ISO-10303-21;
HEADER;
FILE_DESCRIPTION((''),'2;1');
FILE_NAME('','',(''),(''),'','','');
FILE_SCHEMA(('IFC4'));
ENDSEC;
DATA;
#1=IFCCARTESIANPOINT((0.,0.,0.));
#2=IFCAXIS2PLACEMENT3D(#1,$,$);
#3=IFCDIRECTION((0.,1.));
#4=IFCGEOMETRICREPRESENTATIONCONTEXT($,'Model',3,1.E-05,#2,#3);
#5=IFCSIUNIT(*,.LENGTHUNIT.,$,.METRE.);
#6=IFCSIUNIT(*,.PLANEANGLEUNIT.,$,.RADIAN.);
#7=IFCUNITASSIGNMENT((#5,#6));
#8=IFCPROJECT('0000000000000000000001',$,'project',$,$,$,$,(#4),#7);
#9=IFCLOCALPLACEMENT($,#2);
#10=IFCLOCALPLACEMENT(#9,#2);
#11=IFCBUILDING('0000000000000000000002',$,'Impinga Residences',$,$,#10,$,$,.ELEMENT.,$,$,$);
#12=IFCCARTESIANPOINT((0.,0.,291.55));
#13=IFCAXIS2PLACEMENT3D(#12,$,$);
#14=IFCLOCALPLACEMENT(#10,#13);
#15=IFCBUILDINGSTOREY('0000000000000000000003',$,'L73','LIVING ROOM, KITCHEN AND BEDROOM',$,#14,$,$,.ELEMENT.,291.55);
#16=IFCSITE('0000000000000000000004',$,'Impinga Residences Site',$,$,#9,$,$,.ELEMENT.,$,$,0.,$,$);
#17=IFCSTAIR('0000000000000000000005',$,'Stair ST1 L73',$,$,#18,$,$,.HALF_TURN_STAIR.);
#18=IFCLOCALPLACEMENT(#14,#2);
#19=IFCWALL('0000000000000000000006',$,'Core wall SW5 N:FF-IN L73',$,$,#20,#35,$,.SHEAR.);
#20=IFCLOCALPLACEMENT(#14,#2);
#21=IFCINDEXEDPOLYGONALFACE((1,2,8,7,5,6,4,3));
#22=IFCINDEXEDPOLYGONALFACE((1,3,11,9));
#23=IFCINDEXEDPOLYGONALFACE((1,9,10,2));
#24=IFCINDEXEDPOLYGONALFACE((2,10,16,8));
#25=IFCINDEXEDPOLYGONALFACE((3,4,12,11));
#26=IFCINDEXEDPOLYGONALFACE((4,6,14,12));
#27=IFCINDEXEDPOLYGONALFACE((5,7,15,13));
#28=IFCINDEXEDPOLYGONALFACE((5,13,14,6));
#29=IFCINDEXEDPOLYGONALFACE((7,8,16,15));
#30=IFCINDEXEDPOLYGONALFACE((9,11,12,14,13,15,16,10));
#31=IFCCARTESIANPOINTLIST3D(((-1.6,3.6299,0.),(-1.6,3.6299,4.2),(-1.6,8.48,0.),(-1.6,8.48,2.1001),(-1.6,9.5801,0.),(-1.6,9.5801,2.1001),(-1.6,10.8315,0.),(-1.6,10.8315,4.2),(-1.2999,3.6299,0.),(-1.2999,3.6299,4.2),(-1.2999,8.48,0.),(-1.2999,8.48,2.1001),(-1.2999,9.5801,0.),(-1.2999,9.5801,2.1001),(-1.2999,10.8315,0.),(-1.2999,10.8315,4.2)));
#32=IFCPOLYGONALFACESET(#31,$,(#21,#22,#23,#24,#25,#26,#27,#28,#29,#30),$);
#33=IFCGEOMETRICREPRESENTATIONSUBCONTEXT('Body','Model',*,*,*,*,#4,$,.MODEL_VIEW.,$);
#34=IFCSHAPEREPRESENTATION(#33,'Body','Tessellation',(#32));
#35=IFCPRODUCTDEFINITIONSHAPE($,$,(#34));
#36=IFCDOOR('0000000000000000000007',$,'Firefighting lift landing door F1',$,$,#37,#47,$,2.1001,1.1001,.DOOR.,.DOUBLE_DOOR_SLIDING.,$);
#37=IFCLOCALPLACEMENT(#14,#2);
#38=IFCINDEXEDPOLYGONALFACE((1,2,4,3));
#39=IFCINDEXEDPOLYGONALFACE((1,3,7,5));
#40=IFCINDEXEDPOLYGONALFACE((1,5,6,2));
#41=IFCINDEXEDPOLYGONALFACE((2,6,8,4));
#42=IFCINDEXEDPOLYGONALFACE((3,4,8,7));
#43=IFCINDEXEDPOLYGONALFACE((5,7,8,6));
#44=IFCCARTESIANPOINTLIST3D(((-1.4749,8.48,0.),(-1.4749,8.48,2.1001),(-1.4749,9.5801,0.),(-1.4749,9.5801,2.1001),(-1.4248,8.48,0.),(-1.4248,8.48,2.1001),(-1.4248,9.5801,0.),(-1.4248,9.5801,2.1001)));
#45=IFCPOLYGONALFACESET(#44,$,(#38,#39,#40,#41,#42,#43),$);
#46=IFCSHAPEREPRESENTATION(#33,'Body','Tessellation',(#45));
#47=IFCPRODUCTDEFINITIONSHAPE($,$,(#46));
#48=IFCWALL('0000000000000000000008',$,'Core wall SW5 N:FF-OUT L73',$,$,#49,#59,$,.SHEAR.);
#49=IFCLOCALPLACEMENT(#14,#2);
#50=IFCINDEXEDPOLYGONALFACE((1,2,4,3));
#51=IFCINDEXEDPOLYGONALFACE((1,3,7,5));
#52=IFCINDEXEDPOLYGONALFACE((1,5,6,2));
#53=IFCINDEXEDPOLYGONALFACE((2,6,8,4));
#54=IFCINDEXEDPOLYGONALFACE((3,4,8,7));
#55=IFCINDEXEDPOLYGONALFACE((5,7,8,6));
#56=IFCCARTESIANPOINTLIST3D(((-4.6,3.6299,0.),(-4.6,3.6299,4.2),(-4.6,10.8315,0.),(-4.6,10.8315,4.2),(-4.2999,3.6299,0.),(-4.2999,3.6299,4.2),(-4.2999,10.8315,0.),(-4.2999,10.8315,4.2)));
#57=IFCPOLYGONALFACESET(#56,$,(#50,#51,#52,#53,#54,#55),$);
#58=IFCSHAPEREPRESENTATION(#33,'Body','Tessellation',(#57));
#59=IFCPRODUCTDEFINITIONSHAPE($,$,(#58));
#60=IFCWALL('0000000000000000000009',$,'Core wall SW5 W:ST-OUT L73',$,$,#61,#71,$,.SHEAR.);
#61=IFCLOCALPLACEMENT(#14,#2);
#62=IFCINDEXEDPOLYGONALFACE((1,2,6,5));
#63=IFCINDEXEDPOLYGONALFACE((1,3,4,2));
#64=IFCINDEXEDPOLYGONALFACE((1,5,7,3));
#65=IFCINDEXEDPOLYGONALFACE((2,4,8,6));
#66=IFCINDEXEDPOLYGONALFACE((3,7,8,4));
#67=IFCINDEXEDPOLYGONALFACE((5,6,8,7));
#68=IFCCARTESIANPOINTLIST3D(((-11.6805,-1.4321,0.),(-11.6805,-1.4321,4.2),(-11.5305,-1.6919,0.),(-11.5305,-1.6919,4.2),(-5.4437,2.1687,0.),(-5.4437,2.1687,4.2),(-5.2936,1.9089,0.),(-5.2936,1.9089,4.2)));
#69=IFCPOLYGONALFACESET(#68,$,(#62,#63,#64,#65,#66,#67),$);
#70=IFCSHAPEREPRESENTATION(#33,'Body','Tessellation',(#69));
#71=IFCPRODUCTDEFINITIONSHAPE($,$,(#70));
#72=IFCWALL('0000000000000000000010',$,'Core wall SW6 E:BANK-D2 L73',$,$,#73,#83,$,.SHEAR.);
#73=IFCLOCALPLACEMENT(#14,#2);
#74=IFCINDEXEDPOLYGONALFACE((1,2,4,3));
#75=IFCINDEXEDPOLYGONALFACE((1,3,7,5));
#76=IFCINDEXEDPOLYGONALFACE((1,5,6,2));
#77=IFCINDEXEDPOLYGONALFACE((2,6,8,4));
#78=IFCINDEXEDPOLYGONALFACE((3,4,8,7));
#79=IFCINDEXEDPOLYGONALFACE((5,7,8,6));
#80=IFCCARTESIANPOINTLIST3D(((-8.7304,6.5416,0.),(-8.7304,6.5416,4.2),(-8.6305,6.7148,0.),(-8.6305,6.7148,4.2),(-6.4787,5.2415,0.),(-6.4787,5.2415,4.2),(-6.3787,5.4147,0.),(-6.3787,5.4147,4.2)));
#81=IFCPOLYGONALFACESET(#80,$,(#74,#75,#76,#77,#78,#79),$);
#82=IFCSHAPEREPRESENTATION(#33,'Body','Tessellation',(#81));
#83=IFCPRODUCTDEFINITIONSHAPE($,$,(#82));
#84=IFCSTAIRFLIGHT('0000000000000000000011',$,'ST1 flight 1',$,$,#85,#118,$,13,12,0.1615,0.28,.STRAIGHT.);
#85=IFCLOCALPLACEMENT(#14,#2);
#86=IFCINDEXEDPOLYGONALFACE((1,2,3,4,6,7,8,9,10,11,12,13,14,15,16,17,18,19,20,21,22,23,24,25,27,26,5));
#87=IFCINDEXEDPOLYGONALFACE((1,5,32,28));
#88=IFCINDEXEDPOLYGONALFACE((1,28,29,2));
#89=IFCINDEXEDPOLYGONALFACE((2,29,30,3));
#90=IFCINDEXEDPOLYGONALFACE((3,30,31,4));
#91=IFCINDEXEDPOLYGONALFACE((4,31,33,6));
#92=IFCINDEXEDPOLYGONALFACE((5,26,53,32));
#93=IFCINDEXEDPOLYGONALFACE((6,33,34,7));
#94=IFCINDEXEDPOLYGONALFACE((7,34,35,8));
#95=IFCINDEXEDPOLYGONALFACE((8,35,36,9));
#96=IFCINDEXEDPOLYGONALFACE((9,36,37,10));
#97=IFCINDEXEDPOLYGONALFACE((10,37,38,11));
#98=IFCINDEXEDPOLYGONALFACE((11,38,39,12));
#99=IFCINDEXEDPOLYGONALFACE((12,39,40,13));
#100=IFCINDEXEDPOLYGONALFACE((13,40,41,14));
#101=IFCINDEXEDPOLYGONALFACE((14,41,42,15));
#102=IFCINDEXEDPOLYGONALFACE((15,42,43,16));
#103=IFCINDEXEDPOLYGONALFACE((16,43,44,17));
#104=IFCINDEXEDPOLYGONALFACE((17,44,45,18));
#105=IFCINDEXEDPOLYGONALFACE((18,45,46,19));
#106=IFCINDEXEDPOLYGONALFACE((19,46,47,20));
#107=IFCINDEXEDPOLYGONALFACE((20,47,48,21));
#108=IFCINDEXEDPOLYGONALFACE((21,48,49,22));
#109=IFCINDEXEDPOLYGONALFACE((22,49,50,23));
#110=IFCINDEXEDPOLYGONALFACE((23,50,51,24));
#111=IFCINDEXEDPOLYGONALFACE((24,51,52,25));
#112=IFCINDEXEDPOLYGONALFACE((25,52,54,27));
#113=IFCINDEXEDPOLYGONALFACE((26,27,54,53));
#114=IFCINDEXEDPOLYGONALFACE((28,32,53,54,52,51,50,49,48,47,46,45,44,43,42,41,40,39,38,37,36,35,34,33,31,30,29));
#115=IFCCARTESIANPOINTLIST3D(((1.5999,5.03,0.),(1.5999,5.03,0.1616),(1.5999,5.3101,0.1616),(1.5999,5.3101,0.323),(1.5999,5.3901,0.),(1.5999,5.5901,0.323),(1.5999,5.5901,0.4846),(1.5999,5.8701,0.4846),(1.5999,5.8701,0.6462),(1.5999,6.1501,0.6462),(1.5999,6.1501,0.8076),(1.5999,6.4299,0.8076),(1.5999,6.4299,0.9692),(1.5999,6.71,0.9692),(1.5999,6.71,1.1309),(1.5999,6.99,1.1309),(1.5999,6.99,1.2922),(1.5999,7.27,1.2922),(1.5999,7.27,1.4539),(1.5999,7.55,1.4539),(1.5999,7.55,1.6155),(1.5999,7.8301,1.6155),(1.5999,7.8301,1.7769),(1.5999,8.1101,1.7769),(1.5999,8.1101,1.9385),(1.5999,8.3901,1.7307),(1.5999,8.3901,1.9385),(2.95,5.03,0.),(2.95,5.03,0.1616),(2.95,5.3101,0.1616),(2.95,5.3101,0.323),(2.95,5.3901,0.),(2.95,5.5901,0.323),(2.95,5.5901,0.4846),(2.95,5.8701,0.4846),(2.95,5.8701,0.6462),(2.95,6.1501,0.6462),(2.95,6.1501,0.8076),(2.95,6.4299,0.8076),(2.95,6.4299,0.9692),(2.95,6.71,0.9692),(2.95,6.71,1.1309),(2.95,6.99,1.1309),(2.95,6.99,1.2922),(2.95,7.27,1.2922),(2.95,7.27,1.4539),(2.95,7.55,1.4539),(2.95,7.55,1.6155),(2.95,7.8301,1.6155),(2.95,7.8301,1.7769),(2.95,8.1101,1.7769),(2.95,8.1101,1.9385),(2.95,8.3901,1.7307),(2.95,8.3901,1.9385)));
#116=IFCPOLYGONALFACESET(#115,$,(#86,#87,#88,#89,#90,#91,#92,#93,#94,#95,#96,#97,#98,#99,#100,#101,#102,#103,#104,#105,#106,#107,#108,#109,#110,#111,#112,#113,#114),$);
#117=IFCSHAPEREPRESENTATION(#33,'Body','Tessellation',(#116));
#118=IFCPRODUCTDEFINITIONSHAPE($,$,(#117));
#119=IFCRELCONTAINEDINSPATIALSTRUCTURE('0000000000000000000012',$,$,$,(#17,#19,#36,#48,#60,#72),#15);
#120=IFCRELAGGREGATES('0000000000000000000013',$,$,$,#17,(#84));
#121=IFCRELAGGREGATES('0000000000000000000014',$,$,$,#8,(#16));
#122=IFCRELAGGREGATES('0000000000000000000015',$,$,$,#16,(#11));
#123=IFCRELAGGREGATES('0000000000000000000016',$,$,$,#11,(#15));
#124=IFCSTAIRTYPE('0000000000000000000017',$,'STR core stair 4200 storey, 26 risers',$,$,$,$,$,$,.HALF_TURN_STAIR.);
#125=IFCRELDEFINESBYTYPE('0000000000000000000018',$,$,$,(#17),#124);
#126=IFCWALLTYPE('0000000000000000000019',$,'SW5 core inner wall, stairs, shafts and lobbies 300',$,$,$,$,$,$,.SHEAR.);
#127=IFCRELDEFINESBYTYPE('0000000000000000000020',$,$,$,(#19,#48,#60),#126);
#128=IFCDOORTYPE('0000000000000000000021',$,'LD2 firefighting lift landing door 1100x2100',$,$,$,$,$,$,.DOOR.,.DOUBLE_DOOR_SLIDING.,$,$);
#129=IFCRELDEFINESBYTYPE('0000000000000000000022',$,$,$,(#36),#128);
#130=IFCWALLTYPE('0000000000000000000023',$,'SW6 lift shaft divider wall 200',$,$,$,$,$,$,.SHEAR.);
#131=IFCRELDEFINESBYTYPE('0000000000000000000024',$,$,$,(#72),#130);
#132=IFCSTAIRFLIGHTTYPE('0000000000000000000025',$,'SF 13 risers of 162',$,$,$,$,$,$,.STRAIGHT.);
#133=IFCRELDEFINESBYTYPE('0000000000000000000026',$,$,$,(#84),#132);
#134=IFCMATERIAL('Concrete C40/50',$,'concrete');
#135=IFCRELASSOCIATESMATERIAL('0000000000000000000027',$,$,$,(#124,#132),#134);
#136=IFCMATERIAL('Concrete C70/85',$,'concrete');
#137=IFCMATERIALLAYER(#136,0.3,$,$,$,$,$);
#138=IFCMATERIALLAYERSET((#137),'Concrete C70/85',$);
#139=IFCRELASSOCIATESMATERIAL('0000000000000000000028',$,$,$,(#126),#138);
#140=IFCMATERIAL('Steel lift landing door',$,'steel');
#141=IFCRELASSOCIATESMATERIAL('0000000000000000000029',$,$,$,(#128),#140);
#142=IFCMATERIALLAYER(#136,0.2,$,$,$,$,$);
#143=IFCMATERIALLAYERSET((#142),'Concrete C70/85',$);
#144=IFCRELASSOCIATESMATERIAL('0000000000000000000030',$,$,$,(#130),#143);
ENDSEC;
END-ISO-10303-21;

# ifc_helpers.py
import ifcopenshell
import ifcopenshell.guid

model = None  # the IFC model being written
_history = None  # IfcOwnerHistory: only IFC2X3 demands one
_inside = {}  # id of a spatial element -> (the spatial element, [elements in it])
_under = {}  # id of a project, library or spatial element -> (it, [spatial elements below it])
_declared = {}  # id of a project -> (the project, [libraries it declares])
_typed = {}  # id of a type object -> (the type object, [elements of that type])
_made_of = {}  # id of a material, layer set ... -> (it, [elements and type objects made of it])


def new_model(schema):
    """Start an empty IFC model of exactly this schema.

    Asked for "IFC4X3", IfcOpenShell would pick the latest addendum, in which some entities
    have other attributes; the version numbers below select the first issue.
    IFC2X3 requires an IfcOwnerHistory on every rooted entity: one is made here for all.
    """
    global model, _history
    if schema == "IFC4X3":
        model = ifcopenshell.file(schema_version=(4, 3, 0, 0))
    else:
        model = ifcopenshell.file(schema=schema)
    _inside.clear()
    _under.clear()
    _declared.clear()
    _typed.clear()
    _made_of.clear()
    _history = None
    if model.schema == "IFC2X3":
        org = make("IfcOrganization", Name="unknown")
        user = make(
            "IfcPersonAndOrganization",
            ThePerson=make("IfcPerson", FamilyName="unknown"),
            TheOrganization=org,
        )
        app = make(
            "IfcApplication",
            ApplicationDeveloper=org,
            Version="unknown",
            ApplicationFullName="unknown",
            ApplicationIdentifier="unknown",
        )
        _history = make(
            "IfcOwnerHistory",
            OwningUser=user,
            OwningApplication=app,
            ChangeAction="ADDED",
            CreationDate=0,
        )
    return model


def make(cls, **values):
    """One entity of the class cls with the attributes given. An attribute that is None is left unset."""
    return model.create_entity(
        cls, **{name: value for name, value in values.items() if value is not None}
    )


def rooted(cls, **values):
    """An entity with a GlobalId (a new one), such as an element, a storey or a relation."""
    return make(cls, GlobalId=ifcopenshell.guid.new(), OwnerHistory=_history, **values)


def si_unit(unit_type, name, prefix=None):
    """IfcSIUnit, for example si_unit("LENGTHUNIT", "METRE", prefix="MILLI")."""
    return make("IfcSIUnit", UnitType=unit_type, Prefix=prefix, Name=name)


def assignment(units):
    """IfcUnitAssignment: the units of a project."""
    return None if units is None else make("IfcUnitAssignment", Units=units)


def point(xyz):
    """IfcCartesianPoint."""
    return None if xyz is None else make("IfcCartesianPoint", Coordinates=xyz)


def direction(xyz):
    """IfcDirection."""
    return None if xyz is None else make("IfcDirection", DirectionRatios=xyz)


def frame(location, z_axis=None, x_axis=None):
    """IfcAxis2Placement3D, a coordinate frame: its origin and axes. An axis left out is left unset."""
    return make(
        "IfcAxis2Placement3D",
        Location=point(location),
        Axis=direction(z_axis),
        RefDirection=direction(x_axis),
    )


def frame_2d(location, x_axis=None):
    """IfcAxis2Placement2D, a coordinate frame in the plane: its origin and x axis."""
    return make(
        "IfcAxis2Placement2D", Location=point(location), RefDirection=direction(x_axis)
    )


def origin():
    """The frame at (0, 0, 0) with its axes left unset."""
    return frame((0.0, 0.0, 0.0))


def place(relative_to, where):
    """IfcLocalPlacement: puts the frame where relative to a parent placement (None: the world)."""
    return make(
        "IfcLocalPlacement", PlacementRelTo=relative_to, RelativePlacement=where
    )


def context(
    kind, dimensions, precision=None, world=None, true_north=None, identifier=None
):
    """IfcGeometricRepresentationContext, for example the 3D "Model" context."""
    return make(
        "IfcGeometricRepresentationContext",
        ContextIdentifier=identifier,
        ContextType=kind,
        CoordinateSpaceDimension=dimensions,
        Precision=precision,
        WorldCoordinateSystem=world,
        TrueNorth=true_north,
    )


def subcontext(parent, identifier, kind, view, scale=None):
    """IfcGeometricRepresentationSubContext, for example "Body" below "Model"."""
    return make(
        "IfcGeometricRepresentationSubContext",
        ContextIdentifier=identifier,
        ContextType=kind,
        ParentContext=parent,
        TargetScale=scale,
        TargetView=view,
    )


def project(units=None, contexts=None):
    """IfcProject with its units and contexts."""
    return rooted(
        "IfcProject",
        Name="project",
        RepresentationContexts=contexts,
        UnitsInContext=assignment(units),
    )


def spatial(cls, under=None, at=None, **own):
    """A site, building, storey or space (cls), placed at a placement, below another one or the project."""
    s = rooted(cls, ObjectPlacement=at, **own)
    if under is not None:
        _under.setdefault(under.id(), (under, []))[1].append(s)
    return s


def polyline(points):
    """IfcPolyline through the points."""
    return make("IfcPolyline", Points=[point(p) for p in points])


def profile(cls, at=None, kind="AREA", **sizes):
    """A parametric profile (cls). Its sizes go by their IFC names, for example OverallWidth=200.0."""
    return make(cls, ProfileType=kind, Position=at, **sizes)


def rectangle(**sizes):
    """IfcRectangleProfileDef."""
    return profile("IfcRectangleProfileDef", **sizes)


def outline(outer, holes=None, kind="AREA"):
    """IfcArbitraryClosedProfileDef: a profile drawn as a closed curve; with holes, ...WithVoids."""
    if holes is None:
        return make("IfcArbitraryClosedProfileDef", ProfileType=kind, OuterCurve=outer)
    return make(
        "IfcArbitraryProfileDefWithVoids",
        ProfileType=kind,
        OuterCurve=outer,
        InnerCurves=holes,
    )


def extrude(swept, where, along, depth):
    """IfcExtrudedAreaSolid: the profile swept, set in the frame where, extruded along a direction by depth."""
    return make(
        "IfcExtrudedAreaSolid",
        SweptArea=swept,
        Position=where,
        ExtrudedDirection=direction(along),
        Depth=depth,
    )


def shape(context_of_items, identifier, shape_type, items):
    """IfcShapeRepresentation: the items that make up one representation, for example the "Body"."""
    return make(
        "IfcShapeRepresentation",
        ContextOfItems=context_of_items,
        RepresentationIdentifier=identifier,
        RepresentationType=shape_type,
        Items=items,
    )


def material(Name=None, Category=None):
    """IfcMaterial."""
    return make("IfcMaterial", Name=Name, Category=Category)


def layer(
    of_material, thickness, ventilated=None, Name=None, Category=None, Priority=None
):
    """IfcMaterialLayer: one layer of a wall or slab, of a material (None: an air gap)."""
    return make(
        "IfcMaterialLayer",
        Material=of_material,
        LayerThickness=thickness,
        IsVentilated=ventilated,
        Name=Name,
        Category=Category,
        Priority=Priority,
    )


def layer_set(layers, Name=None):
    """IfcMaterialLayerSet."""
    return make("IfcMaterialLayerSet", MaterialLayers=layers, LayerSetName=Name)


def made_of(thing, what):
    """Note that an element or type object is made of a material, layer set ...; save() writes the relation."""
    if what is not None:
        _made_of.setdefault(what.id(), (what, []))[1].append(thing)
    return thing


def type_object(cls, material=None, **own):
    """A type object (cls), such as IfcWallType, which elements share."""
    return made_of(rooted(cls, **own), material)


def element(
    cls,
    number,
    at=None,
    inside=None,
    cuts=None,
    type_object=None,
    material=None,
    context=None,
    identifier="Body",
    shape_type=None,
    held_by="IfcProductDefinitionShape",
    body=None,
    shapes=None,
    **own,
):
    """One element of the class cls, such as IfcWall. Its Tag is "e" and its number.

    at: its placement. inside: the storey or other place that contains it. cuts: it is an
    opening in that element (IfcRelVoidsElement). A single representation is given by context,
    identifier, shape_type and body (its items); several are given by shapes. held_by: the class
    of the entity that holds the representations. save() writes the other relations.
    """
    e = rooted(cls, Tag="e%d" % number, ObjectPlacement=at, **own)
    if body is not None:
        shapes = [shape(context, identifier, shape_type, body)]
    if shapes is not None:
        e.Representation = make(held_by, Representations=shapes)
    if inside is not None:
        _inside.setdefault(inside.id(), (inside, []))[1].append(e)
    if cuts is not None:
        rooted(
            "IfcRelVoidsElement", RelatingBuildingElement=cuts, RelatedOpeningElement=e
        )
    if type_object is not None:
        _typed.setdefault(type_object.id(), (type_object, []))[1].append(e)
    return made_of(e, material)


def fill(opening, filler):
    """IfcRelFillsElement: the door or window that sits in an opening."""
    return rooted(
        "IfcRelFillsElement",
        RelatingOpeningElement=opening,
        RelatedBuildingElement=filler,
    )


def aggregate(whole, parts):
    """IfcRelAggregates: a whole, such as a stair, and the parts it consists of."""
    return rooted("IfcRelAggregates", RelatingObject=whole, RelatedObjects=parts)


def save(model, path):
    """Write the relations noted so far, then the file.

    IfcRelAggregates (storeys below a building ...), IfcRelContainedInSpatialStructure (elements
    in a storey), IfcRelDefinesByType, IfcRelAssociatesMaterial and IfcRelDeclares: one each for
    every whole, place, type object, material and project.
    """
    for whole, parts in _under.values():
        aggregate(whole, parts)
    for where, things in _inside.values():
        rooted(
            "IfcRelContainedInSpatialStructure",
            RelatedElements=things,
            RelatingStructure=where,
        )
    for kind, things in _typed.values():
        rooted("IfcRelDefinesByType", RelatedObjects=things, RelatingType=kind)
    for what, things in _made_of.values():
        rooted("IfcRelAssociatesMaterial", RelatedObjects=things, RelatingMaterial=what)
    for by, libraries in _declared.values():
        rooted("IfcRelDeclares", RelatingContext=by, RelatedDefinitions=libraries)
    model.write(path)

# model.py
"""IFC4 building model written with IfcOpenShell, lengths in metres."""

from ifc_helpers import new_model, si_unit, direction, frame, frame_2d, origin, place, context, subcontext, project, spatial, polyline, rectangle, outline, extrude, material, layer, layer_set, type_object, element, fill, aggregate, save


model = new_model("IFC4")

# Units and contexts
model_context = context("Model", 3, precision=1e-05, world=origin(), true_north=direction((0.0, 1.0)))
body_context = subcontext(model_context, "Body", "Model", "MODEL_VIEW")
ifc_project = project(units=[si_unit("LENGTHUNIT", "METRE"), si_unit("PLANEANGLEUNIT", "RADIAN")], contexts=[model_context])

# Site, building, storey
site_placement = place(None, origin())
site = spatial("IfcSite", under=ifc_project, at=site_placement, Name="Impinga Residences Site", CompositionType="ELEMENT", RefElevation=0.0)
building_placement = place(site_placement, origin())
building = spatial("IfcBuilding", under=site, at=building_placement, Name="Impinga Residences", CompositionType="ELEMENT")
storey_placement = place(building_placement, frame((0.0, 0.0, 291.55)))
storey = spatial("IfcBuildingStorey", under=building, at=storey_placement, Name="L73", Description="LIVING ROOM, KITCHEN AND BEDROOM", CompositionType="ELEMENT", Elevation=291.55)

# Stair
ifc_material_1 = material(Name="Concrete C40/50", Category="concrete")
stair_type = type_object("IfcStairType", Name="STR core stair 4200 storey, 26 risers", PredefinedType="HALF_TURN_STAIR", material=ifc_material_1)
stair_1_placement = place(storey_placement, origin())
stair_1 = element("IfcStair", 1, at=stair_1_placement, inside=storey, type_object=stair_type, Name="Stair ST1 L73", PredefinedType="HALF_TURN_STAIR")

# Shared definitions
ifc_material_2 = material(Name="Concrete C70/85", Category="concrete")
ifc_layer_1 = layer(ifc_material_2, 0.3)
ifc_layer_set_1 = layer_set([ifc_layer_1], Name="Concrete C70/85")
wall_type_1 = type_object("IfcWallType", Name="SW5 core inner wall, stairs, shafts and lobbies 300", PredefinedType="SHEAR", material=ifc_layer_set_1)

# Wall, opening, door
wall_1_placement = place(storey_placement, frame((-1.45, 3.6299, 0.0), z_axis=(0.0, 0.0, 1.0), x_axis=(0.0, 1.0, 0.0)))
wall_1 = element("IfcWall", 2, at=wall_1_placement, inside=storey, type_object=wall_type_1, Name="Core wall SW5 N:FF-IN L73", PredefinedType="SHEAR", context=body_context, shape_type="SweptSolid", body=[
    extrude(rectangle(XDim=7.2017, YDim=0.3, at=frame_2d((3.6008, 0.0))), origin(), (0.0, 0.0, 1.0), 4.2),
])
opening_1_placement = place(wall_1_placement, frame((4.8501, 0.0, 0.0)))
opening_1 = element("IfcOpeningElement", 3, at=opening_1_placement, cuts=wall_1, PredefinedType="OPENING", context=body_context, shape_type="SweptSolid", body=[
    extrude(rectangle(XDim=1.1001, YDim=2.1001, at=frame_2d((0.55, 1.05))), frame((0.0, 0.1599, 0.0), z_axis=(0.0, -1.0, 0.0), x_axis=(1.0, 0.0, 0.0)), (0.0, 0.0, 1.0), 0.3201),
])
ifc_material_3 = material(Name="Steel lift landing door", Category="steel")
door_type_1 = type_object("IfcDoorType", Name="LD2 firefighting lift landing door 1100x2100", OperationType="DOUBLE_DOOR_SLIDING", PredefinedType="DOOR", material=ifc_material_3)
door_1_placement = place(opening_1_placement, origin())
door_1 = element("IfcDoor", 4, at=door_1_placement, inside=storey, type_object=door_type_1, Name="Firefighting lift landing door F1", OperationType="DOUBLE_DOOR_SLIDING", OverallHeight=2.1001, OverallWidth=1.1001, PredefinedType="DOOR", context=body_context, shape_type="SweptSolid", body=[
    extrude(rectangle(XDim=1.1001, YDim=2.1001, at=frame_2d((0.55, 1.05))), frame((0.0, 0.0249, 0.0), z_axis=(0.0, -1.0, 0.0), x_axis=(1.0, 0.0, 0.0)), (0.0, 0.0, 1.0), 0.05),
])
fill(opening_1, door_1)

# Walls
for number, where, z_axis, x_axis, name in (
    (5, (-4.45, 3.6299, 0.0), (0.0, 0.0, 1.0), (0.0, 1.0, 0.0), "Core wall SW5 N:FF-OUT L73"),
    (6, (-5.3687, 2.0388, 0.0), (0.0, 0.0, 1.0), (-0.866025, -0.5, 0.0), "Core wall SW5 W:ST-OUT L73"),
):
    element("IfcWall", number, at=place(storey_placement, frame(where, z_axis=z_axis, x_axis=x_axis)), inside=storey, type_object=wall_type_1, Name=name, PredefinedType="SHEAR", context=body_context, shape_type="SweptSolid", body=[
        extrude(rectangle(XDim=7.2017, YDim=0.3, at=frame_2d((3.6008, 0.0))), origin(), (0.0, 0.0, 1.0), 4.2),
    ])
ifc_layer_2 = layer(ifc_material_2, 0.2)
ifc_layer_set_2 = layer_set([ifc_layer_2], Name="Concrete C70/85")
wall_type_2 = type_object("IfcWallType", Name="SW6 lift shaft divider wall 200", PredefinedType="SHEAR", material=ifc_layer_set_2)
wall_2_placement = place(storey_placement, frame((-6.4287, 5.3281, 0.0), z_axis=(0.0, 0.0, 1.0), x_axis=(-0.866021, 0.500007, 0.0)))
element("IfcWall", 7, at=wall_2_placement, inside=storey, type_object=wall_type_2, Name="Core wall SW6 E:BANK-D2 L73", PredefinedType="SHEAR", context=body_context, shape_type="SweptSolid", body=[
    extrude(rectangle(XDim=2.6001, YDim=0.2, at=frame_2d((1.3, 0.0))), origin(), (0.0, 0.0, 1.0), 4.2),
])

# Stair flight
stair_flight_type = type_object("IfcStairFlightType", Name="SF 13 risers of 162", PredefinedType="STRAIGHT", material=ifc_material_1)
stair_flight_placement = place(storey_placement, frame((2.2749, 5.03, 0.0), z_axis=(0.0, 0.0, 1.0), x_axis=(0.0, 1.0, 0.0)))
stair_flight = element("IfcStairFlight", 8, at=stair_flight_placement, type_object=stair_flight_type, Name="ST1 flight 1", NumberOfRisers=13, NumberOfTreads=12, PredefinedType="STRAIGHT", RiserHeight=0.1615, TreadLength=0.28, context=body_context, shape_type="SweptSolid", body=[
    extrude(outline(polyline([(0.0, 0.0), (0.0, 0.1616), (0.28, 0.1616), (0.28, 0.323), (0.5601, 0.323), (0.5601, 0.4846), (0.8401, 0.4846), (0.8401, 0.6462), (1.1201, 0.6462), (1.1201, 0.8076), (1.3999, 0.8076), (1.3999, 0.9692), (1.6799, 0.9692), (1.6799, 1.1309), (1.96, 1.1309), (1.96, 1.2922), (2.24, 1.2922), (2.24, 1.4539), (2.52, 1.4539), (2.52, 1.6155), (2.8, 1.6155), (2.8, 1.7769), (3.0801, 1.7769), (3.0801, 1.9385), (3.3601, 1.9385), (3.3601, 2.1001), (3.3601, 1.7307), (0.3601, 0.0), (0.0, 0.0)])), frame((0.0, 0.675, 0.0), z_axis=(0.0, -1.0, 0.0), x_axis=(1.0, 0.0, 0.0)), (0.0, 0.0, 1.0), 1.3501),
])
aggregate(stair_1, [stair_flight])

save(model, "model.ifc")
